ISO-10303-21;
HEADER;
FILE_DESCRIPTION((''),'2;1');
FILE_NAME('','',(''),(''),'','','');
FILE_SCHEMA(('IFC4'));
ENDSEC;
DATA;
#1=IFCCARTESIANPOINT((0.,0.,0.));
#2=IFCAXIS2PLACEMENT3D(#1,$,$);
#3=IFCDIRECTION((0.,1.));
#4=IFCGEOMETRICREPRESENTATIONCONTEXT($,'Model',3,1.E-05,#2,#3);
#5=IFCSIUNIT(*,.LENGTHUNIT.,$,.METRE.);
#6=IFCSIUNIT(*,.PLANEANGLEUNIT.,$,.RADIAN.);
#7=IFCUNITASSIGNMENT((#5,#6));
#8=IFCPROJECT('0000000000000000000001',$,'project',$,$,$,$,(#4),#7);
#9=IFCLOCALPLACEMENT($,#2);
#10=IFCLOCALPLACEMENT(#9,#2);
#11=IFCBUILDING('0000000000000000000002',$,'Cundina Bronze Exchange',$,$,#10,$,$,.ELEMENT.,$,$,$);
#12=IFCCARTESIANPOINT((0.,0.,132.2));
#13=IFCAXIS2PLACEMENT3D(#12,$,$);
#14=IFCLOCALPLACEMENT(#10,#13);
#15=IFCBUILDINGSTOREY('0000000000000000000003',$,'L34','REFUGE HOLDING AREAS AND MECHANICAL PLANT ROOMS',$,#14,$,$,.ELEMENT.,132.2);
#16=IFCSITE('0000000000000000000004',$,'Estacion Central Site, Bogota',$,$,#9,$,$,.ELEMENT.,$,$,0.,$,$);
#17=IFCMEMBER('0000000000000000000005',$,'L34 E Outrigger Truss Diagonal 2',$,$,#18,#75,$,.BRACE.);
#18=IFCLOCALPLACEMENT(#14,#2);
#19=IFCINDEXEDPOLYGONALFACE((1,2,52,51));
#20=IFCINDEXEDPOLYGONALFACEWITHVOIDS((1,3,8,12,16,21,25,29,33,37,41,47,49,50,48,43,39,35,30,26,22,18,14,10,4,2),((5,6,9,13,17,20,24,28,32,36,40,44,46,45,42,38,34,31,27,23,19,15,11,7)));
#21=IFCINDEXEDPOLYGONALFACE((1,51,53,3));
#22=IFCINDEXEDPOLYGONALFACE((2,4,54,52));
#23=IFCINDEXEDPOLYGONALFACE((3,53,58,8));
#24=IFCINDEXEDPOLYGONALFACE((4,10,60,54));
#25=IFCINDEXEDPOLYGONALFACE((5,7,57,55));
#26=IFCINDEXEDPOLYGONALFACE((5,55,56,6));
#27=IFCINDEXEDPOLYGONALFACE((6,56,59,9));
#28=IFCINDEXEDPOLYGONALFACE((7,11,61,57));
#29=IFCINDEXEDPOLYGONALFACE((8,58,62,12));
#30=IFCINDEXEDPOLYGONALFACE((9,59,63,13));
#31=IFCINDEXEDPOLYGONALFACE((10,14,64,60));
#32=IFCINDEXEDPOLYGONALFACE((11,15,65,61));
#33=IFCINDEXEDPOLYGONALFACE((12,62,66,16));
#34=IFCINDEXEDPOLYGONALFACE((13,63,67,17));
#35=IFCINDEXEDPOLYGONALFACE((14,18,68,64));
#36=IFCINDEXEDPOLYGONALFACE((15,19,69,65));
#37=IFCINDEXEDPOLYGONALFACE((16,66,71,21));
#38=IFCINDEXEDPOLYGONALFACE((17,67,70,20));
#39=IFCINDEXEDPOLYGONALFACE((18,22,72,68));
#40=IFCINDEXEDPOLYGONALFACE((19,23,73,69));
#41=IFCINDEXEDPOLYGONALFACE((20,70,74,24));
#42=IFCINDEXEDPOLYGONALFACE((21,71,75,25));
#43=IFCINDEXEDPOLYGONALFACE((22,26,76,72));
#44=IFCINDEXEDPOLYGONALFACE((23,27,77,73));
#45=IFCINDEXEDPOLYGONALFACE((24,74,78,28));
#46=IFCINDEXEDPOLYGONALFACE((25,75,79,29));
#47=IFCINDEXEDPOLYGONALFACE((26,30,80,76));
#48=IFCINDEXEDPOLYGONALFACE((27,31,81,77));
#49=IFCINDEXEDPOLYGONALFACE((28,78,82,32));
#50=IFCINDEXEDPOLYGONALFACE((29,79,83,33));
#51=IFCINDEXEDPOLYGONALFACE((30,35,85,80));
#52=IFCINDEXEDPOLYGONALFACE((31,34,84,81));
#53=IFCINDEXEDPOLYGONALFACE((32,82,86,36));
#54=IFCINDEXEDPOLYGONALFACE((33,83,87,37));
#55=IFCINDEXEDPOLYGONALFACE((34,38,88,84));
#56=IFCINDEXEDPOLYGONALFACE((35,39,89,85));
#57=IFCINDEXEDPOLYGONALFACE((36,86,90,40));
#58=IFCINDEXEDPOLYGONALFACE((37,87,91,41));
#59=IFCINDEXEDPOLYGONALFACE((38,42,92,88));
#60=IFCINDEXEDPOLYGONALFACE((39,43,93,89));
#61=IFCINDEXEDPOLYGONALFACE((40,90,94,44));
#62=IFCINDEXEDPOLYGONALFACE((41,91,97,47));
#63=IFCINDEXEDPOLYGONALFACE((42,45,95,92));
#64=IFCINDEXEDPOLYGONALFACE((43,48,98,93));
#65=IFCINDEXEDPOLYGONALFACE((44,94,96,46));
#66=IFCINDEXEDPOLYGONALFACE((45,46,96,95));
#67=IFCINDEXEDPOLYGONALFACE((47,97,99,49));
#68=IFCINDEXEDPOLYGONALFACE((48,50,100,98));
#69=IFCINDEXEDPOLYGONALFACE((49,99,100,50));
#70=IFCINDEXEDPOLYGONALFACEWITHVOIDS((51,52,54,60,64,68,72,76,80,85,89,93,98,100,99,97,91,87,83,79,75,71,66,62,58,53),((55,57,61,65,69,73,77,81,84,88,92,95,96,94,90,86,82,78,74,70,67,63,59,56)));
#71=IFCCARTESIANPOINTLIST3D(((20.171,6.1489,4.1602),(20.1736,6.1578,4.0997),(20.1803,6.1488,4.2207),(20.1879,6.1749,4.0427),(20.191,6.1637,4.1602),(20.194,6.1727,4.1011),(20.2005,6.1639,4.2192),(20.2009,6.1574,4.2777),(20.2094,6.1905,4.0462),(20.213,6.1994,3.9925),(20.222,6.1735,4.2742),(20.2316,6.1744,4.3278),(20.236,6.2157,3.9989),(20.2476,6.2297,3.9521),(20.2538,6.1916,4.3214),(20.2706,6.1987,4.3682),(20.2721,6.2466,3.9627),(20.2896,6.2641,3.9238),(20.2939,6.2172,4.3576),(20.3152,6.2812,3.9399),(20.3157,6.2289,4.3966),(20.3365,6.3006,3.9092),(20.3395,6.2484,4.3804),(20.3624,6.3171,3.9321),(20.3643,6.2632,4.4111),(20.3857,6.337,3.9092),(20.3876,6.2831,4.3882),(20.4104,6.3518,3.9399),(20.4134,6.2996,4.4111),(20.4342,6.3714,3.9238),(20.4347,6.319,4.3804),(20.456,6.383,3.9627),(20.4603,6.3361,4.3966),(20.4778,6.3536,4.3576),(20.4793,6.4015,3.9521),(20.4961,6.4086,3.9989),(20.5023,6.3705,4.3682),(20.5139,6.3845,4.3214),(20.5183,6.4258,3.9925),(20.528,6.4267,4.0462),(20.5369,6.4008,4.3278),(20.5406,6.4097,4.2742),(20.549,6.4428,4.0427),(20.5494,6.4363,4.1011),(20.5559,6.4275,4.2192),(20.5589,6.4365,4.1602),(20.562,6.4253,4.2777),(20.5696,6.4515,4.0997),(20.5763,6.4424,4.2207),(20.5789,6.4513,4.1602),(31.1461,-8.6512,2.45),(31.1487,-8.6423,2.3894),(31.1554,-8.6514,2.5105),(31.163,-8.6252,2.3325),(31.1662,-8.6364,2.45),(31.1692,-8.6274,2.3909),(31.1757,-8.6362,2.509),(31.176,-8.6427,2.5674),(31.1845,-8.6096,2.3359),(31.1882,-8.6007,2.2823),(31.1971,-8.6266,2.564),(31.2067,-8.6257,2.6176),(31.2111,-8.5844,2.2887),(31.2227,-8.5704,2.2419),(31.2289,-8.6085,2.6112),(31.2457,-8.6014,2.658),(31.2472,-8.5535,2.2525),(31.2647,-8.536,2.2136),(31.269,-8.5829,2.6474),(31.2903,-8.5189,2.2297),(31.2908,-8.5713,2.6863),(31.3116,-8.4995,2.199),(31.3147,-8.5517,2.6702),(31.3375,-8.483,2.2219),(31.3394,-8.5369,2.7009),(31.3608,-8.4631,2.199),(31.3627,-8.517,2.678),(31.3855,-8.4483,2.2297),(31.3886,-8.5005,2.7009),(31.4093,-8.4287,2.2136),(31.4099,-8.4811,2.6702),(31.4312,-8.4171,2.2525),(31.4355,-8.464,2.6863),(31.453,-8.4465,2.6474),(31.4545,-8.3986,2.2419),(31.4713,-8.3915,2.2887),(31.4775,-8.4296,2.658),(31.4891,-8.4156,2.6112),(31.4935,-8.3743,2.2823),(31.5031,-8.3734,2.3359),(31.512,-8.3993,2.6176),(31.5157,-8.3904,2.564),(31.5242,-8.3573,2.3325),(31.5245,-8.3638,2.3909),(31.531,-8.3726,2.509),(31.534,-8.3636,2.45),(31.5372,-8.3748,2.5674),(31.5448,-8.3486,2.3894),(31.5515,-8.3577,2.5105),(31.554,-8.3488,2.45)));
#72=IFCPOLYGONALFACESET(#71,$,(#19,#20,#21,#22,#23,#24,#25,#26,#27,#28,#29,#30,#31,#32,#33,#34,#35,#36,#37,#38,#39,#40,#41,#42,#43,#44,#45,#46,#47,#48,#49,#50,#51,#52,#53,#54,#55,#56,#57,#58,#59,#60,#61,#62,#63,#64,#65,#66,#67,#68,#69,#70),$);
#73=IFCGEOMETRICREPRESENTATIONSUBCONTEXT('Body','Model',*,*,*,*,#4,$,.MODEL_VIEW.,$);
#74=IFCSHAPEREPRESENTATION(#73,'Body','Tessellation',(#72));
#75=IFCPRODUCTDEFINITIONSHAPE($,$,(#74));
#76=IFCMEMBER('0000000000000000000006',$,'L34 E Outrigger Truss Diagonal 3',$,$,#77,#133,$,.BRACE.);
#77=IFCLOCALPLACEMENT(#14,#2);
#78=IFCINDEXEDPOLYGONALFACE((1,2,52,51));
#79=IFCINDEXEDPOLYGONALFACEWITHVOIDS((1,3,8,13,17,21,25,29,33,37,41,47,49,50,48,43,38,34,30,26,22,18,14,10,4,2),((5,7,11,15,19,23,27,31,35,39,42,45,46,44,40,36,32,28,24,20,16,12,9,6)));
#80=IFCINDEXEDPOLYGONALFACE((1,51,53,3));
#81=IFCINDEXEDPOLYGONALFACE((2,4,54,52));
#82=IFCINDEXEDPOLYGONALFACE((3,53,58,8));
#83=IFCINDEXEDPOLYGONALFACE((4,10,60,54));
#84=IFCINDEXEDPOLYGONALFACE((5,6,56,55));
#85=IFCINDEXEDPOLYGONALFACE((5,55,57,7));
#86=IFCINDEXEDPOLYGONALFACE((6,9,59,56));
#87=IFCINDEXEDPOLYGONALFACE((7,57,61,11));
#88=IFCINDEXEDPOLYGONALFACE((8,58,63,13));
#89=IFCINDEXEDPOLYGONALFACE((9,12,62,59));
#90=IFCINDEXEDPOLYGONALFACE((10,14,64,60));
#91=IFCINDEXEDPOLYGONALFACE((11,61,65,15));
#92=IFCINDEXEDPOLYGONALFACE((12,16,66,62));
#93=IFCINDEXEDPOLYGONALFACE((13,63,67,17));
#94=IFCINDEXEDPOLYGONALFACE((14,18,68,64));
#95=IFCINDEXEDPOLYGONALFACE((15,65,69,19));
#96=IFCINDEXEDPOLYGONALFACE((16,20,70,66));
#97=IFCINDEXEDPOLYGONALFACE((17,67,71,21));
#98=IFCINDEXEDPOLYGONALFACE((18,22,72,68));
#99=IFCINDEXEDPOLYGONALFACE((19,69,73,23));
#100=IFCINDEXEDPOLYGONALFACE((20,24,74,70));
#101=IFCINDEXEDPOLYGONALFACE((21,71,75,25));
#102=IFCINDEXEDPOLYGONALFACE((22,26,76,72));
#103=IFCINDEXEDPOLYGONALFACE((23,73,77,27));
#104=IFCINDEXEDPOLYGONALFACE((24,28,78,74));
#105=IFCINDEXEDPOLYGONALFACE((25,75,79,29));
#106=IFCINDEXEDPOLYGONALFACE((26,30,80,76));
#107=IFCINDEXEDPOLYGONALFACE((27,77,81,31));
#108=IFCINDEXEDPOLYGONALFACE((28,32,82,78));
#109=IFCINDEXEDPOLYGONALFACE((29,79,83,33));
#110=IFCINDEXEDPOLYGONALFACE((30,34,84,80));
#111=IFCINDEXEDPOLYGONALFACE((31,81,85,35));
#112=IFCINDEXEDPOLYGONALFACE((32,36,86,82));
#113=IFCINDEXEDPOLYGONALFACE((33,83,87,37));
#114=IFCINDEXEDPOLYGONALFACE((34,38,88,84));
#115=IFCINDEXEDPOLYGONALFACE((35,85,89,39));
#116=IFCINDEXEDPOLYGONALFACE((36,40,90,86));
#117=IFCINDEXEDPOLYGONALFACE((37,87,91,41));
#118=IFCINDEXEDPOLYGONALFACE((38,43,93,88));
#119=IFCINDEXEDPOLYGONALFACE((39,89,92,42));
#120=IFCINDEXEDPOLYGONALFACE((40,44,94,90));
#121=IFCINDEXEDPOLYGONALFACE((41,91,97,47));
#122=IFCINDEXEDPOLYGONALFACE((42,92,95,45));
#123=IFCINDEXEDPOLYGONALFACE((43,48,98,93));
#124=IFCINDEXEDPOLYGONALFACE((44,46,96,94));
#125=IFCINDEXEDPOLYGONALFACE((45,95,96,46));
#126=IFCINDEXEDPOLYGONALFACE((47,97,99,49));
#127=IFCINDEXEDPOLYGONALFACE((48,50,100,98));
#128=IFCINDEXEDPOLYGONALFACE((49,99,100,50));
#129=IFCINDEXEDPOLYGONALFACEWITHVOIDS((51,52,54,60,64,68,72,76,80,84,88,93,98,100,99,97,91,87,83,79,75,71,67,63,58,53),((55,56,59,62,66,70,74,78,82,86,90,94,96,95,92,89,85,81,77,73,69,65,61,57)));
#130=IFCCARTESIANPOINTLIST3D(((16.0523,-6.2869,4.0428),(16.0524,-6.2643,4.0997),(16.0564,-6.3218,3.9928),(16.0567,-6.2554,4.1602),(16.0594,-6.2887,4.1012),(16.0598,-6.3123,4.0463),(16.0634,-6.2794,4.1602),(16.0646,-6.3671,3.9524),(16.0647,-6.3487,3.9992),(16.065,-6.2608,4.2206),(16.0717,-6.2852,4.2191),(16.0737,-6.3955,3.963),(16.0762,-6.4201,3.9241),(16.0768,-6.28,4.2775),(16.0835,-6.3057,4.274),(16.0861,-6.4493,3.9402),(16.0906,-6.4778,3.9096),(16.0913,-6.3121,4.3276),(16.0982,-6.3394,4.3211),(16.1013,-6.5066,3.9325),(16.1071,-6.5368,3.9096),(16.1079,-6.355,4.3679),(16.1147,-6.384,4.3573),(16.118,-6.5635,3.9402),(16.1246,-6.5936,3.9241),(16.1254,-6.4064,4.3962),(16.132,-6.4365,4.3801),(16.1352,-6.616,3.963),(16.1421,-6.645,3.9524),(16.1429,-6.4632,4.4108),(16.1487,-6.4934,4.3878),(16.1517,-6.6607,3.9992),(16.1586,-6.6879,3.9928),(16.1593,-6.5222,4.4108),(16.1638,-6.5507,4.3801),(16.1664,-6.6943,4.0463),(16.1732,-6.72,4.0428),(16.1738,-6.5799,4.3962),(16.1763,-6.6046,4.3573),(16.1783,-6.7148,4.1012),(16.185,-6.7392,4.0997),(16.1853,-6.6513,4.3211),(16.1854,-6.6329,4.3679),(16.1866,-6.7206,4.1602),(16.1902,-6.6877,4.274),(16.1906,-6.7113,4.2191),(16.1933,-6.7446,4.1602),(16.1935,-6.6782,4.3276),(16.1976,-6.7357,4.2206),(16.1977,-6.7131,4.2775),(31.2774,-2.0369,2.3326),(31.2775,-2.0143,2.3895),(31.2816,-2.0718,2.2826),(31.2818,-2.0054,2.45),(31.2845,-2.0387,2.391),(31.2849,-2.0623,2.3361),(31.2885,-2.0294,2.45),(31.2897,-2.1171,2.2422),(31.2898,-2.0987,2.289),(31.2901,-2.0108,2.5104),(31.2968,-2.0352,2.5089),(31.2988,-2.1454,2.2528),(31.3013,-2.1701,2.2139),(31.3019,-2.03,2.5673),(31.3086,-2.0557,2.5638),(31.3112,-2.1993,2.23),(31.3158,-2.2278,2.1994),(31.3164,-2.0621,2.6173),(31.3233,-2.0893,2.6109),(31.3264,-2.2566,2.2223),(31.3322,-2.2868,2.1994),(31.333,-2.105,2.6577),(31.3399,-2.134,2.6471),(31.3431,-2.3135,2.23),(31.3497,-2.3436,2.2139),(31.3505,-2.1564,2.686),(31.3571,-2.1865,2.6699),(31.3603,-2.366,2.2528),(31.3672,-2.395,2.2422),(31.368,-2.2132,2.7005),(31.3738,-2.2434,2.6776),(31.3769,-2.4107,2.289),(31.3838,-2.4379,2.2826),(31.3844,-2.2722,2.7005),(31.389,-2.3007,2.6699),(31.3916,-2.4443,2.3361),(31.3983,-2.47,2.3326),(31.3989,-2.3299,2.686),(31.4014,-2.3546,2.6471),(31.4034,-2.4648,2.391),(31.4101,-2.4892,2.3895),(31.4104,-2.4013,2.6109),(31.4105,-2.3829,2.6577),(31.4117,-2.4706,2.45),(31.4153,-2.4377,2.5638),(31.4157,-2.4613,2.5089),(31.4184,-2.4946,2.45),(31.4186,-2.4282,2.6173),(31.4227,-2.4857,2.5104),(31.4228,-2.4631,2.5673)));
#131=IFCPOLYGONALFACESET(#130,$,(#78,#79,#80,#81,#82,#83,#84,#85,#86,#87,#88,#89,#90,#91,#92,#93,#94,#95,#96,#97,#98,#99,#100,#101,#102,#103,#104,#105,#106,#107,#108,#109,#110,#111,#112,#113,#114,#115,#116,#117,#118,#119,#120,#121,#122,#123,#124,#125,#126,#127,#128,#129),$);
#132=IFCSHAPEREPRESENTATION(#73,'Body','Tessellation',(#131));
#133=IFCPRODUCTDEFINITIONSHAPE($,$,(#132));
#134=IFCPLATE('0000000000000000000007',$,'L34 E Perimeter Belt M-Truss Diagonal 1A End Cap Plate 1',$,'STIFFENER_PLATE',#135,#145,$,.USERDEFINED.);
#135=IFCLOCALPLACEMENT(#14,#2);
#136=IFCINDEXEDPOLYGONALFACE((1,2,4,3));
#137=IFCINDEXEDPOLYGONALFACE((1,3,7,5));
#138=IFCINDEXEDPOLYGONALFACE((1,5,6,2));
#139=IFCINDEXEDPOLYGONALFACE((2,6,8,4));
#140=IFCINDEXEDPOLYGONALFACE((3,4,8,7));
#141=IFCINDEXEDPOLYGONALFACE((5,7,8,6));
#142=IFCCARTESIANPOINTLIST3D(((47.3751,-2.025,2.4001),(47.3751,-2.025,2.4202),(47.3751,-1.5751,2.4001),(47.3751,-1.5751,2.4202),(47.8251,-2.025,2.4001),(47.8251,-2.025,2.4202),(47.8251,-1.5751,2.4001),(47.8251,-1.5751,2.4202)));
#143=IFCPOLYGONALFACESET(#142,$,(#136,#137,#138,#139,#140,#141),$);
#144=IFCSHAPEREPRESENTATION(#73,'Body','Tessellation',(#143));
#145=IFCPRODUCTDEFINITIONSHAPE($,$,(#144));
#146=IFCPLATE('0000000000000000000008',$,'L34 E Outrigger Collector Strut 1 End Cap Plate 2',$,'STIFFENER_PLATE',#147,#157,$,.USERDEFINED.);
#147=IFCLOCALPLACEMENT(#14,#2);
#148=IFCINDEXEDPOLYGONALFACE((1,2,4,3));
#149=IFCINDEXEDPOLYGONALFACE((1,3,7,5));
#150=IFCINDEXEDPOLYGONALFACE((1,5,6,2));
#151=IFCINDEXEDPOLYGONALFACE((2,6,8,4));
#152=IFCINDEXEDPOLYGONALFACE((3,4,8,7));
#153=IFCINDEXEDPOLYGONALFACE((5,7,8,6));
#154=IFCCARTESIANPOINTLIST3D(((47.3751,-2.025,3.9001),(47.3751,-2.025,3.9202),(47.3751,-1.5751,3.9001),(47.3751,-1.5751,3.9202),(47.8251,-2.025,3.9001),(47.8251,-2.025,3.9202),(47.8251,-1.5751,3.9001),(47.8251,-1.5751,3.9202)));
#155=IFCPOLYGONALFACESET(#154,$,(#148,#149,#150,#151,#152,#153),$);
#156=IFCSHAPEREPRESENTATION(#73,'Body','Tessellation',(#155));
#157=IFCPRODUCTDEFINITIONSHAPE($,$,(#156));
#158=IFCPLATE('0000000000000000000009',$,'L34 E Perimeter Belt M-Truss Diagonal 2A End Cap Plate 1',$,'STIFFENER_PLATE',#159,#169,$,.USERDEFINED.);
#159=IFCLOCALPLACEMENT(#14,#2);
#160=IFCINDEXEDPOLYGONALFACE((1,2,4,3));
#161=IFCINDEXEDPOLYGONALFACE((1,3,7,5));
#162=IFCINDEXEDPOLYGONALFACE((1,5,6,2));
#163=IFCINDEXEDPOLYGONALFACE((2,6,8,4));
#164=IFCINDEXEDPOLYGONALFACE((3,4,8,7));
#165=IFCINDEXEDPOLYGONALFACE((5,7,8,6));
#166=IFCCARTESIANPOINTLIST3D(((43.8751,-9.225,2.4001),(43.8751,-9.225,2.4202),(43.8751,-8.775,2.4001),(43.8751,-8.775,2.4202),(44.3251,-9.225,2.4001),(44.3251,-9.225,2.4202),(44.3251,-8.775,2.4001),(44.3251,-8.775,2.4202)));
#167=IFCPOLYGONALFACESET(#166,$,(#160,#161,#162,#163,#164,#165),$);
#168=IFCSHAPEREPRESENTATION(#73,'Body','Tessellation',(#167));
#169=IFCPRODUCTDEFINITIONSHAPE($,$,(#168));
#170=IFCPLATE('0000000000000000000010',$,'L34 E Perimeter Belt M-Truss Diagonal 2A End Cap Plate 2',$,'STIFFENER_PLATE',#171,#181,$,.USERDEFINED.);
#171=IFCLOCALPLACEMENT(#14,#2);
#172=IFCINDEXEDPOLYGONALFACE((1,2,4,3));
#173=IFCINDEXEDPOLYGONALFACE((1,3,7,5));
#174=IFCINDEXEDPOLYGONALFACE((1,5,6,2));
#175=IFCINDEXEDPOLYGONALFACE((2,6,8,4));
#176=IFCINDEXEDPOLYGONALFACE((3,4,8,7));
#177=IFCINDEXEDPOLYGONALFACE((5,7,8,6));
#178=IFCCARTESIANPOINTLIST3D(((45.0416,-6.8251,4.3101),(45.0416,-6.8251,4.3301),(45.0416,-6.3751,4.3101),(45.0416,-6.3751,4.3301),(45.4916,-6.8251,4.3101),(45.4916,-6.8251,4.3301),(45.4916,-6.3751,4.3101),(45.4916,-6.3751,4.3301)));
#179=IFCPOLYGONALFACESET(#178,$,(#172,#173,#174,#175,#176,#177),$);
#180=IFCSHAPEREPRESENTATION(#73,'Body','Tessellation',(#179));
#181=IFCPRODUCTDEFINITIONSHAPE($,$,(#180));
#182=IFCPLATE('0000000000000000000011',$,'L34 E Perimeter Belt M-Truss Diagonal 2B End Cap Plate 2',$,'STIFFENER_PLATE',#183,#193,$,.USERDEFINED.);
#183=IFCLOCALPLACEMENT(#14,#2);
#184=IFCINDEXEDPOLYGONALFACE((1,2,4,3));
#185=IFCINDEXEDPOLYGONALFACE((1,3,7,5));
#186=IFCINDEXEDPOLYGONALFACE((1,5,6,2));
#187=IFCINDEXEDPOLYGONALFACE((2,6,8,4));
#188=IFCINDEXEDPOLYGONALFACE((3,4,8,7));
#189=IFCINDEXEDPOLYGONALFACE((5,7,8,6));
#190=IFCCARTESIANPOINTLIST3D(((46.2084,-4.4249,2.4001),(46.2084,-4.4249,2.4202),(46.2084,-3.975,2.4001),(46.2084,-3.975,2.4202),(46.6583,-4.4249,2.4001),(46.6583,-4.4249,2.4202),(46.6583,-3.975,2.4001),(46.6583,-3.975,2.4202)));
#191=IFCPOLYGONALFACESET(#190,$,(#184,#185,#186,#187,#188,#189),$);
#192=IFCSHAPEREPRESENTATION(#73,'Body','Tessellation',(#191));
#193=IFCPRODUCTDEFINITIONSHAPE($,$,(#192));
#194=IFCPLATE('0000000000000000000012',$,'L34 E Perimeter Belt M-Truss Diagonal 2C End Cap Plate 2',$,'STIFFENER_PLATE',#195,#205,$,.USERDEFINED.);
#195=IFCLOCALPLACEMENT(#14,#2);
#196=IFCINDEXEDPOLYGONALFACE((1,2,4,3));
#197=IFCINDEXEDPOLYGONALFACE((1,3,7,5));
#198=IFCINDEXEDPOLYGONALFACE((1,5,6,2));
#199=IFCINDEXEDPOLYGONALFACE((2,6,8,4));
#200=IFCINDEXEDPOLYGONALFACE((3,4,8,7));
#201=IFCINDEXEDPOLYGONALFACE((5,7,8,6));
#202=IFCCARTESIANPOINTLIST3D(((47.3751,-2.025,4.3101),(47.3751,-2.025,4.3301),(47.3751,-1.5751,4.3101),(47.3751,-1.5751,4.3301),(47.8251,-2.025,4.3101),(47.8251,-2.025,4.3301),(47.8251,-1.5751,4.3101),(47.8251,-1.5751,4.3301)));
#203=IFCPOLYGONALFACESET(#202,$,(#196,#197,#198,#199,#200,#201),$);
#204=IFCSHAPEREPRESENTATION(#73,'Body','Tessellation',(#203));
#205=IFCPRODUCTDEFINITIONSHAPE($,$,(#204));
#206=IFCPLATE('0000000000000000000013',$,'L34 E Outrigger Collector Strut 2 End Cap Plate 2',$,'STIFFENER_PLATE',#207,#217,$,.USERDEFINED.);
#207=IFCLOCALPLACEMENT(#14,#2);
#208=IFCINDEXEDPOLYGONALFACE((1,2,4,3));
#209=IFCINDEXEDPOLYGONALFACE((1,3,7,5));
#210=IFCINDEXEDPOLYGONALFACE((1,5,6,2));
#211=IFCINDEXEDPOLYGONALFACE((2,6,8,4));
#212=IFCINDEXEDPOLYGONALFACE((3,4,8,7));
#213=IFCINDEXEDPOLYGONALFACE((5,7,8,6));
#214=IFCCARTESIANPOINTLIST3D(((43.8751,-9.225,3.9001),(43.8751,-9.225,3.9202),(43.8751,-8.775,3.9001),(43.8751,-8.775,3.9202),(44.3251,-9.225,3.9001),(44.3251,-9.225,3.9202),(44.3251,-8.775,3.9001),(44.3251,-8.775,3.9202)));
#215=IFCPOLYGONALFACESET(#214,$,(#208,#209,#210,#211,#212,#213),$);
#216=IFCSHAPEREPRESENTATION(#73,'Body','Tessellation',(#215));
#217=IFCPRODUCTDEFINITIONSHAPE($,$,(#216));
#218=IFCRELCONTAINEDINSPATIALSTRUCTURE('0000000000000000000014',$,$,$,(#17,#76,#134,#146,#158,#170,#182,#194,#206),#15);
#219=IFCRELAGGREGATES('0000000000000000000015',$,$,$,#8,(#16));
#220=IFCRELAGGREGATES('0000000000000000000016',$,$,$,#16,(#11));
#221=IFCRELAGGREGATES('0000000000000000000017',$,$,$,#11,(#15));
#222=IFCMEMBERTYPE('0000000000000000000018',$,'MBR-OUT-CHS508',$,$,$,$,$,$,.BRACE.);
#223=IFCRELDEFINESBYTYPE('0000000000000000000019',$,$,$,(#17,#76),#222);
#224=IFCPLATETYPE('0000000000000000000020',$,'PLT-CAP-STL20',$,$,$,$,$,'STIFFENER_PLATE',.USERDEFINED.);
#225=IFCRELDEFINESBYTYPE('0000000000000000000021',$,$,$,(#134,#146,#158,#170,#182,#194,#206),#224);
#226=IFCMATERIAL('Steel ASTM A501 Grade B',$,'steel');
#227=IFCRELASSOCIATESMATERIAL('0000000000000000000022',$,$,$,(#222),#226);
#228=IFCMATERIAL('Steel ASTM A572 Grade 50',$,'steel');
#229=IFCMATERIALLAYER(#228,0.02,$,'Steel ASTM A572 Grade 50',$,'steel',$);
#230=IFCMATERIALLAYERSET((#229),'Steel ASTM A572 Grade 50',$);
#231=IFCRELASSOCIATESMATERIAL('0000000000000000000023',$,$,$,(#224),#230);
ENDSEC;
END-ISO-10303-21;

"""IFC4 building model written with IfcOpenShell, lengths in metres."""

from ifc_helpers import new_model, si_unit, direction, frame, origin, origin_2d, place, context, subcontext, project, spatial, rectangle, hollow_circle, extrude, material, layer, layer_set, material_profile, profile_set, type_object, element, save


model = new_model("IFC4")

# Units and contexts
model_context = context("Model", 3, precision=1e-05, world=origin(), true_north=direction((0.0, 1.0)))
body_context = subcontext(model_context, "Body", "Model", "MODEL_VIEW")
ifc_project = project(units=[si_unit("LENGTHUNIT", "METRE"), si_unit("PLANEANGLEUNIT", "RADIAN")], contexts=[model_context])

# Site, building, storey
site_placement = place(None, origin())
site = spatial("IfcSite", under=ifc_project, at=site_placement, Name="Estacion Central Site, Bogota", CompositionType="ELEMENT", RefElevation=0.0)
building_placement = place(site_placement, origin())
building = spatial("IfcBuilding", under=site, at=building_placement, Name="Cundina Bronze Exchange", CompositionType="ELEMENT")
storey_placement = place(building_placement, frame((0.0, 0.0, 132.2)))
storey = spatial("IfcBuildingStorey", under=building, at=storey_placement, Name="L34", Description="REFUGE HOLDING AREAS AND MECHANICAL PLANT ROOMS", CompositionType="ELEMENT", Elevation=132.2)

# Members
ifc_material_1 = material(Name="Steel ASTM A501 Grade B", Category="steel")
ifc_material_profile_1 = material_profile(ifc_material_1, hollow_circle(Radius=0.2539, WallThickness=0.0249, at=origin_2d()), Name="CHS508X25", Category="steel")
ifc_profile_set_1 = profile_set([ifc_material_profile_1], Name="Steel ASTM A501 Grade B")
member_type_1 = type_object("IfcMemberType", Name="MBR-OUT-CHS508", PredefinedType="BRACE", material=ifc_profile_set_1)
member_1_placement = place(storey_placement, frame((31.3501, -8.5, 2.45), z_axis=(-0.593102, 0.799805, 0.092421), x_axis=(-0.803243, -0.595651, 0.0)))
element("IfcMember", 1, at=member_1_placement, inside=storey, type_object=member_type_1, Name="L34 E Outrigger Truss Diagonal 2", PredefinedType="BRACE", context=body_context, shape_type="SweptSolid", body=[
    extrude(hollow_circle(Radius=0.2539, WallThickness=0.0249, at=origin_2d()), origin(), (0.0, 0.0, 1.0), 18.5046),
])
member_2_placement = place(storey_placement, frame((31.3501, -2.25, 2.45), z_axis=(-0.957589, -0.267306, 0.107564), x_axis=(0.268866, -0.963178, 0.0)))
element("IfcMember", 2, at=member_2_placement, inside=storey, type_object=member_type_1, Name="L34 E Outrigger Truss Diagonal 3", PredefinedType="BRACE", context=body_context, shape_type="SweptSolid", body=[
    extrude(hollow_circle(Radius=0.2539, WallThickness=0.0249, at=origin_2d()), origin(), (0.0, 0.0, 1.0), 15.8994),
])

# Plates
ifc_material_2 = material(Name="Steel ASTM A572 Grade 50", Category="steel")
ifc_layer_1 = layer(ifc_material_2, 0.02, Name="Steel ASTM A572 Grade 50", Category="steel")
ifc_layer_set_1 = layer_set([ifc_layer_1], Name="Steel ASTM A572 Grade 50")
plate_type_1 = type_object("IfcPlateType", Name="PLT-CAP-STL20", ElementType="STIFFENER_PLATE", PredefinedType="USERDEFINED", material=ifc_layer_set_1)
for number, where, z_axis, x_axis, name in (
    (3, (47.6001, -1.8, 2.4001), (0.0, 0.0, 1.0), (1.0, 0.0, 0.0), "L34 E Perimeter Belt M-Truss Diagonal 1A End Cap Plate 1"),
    (4, (47.6001, -1.8, 3.9001), (0.0, 0.0, 1.0), (1.0, 0.0, 0.0), "L34 E Outrigger Collector Strut 1 End Cap Plate 2"),
    (5, (44.1001, -9.0, 2.4001), (0.0, 0.0, 1.0), (1.0, 0.0, 0.0), "L34 E Perimeter Belt M-Truss Diagonal 2A End Cap Plate 1"),
    (6, (45.2666, -6.6001, 4.3101), (0.0, 0.0, 1.0), (1.0, 0.0, 0.0), "L34 E Perimeter Belt M-Truss Diagonal 2A End Cap Plate 2"),
    (7, (46.4333, -4.2, 2.4001), (0.0, 0.0, 1.0), (1.0, 0.0, 0.0), "L34 E Perimeter Belt M-Truss Diagonal 2B End Cap Plate 2"),
    (8, (47.6001, -1.8, 4.3101), (0.0, 0.0, 1.0), (1.0, 0.0, 0.0), "L34 E Perimeter Belt M-Truss Diagonal 2C End Cap Plate 2"),
    (9, (44.1001, -9.0, 3.9001), (0.0, 0.0, 1.0), (1.0, 0.0, 0.0), "L34 E Outrigger Collector Strut 2 End Cap Plate 2"),
):
    element("IfcPlate", number, at=place(storey_placement, frame(where, z_axis=z_axis, x_axis=x_axis)), inside=storey, type_object=plate_type_1, Name=name, ObjectType="STIFFENER_PLATE", PredefinedType="USERDEFINED", context=body_context, shape_type="SweptSolid", body=[
        extrude(rectangle(XDim=0.45, YDim=0.45, at=origin_2d()), origin(), (0.0, 0.0, 1.0), 0.02),
    ])

save(model, "model.ifc")
